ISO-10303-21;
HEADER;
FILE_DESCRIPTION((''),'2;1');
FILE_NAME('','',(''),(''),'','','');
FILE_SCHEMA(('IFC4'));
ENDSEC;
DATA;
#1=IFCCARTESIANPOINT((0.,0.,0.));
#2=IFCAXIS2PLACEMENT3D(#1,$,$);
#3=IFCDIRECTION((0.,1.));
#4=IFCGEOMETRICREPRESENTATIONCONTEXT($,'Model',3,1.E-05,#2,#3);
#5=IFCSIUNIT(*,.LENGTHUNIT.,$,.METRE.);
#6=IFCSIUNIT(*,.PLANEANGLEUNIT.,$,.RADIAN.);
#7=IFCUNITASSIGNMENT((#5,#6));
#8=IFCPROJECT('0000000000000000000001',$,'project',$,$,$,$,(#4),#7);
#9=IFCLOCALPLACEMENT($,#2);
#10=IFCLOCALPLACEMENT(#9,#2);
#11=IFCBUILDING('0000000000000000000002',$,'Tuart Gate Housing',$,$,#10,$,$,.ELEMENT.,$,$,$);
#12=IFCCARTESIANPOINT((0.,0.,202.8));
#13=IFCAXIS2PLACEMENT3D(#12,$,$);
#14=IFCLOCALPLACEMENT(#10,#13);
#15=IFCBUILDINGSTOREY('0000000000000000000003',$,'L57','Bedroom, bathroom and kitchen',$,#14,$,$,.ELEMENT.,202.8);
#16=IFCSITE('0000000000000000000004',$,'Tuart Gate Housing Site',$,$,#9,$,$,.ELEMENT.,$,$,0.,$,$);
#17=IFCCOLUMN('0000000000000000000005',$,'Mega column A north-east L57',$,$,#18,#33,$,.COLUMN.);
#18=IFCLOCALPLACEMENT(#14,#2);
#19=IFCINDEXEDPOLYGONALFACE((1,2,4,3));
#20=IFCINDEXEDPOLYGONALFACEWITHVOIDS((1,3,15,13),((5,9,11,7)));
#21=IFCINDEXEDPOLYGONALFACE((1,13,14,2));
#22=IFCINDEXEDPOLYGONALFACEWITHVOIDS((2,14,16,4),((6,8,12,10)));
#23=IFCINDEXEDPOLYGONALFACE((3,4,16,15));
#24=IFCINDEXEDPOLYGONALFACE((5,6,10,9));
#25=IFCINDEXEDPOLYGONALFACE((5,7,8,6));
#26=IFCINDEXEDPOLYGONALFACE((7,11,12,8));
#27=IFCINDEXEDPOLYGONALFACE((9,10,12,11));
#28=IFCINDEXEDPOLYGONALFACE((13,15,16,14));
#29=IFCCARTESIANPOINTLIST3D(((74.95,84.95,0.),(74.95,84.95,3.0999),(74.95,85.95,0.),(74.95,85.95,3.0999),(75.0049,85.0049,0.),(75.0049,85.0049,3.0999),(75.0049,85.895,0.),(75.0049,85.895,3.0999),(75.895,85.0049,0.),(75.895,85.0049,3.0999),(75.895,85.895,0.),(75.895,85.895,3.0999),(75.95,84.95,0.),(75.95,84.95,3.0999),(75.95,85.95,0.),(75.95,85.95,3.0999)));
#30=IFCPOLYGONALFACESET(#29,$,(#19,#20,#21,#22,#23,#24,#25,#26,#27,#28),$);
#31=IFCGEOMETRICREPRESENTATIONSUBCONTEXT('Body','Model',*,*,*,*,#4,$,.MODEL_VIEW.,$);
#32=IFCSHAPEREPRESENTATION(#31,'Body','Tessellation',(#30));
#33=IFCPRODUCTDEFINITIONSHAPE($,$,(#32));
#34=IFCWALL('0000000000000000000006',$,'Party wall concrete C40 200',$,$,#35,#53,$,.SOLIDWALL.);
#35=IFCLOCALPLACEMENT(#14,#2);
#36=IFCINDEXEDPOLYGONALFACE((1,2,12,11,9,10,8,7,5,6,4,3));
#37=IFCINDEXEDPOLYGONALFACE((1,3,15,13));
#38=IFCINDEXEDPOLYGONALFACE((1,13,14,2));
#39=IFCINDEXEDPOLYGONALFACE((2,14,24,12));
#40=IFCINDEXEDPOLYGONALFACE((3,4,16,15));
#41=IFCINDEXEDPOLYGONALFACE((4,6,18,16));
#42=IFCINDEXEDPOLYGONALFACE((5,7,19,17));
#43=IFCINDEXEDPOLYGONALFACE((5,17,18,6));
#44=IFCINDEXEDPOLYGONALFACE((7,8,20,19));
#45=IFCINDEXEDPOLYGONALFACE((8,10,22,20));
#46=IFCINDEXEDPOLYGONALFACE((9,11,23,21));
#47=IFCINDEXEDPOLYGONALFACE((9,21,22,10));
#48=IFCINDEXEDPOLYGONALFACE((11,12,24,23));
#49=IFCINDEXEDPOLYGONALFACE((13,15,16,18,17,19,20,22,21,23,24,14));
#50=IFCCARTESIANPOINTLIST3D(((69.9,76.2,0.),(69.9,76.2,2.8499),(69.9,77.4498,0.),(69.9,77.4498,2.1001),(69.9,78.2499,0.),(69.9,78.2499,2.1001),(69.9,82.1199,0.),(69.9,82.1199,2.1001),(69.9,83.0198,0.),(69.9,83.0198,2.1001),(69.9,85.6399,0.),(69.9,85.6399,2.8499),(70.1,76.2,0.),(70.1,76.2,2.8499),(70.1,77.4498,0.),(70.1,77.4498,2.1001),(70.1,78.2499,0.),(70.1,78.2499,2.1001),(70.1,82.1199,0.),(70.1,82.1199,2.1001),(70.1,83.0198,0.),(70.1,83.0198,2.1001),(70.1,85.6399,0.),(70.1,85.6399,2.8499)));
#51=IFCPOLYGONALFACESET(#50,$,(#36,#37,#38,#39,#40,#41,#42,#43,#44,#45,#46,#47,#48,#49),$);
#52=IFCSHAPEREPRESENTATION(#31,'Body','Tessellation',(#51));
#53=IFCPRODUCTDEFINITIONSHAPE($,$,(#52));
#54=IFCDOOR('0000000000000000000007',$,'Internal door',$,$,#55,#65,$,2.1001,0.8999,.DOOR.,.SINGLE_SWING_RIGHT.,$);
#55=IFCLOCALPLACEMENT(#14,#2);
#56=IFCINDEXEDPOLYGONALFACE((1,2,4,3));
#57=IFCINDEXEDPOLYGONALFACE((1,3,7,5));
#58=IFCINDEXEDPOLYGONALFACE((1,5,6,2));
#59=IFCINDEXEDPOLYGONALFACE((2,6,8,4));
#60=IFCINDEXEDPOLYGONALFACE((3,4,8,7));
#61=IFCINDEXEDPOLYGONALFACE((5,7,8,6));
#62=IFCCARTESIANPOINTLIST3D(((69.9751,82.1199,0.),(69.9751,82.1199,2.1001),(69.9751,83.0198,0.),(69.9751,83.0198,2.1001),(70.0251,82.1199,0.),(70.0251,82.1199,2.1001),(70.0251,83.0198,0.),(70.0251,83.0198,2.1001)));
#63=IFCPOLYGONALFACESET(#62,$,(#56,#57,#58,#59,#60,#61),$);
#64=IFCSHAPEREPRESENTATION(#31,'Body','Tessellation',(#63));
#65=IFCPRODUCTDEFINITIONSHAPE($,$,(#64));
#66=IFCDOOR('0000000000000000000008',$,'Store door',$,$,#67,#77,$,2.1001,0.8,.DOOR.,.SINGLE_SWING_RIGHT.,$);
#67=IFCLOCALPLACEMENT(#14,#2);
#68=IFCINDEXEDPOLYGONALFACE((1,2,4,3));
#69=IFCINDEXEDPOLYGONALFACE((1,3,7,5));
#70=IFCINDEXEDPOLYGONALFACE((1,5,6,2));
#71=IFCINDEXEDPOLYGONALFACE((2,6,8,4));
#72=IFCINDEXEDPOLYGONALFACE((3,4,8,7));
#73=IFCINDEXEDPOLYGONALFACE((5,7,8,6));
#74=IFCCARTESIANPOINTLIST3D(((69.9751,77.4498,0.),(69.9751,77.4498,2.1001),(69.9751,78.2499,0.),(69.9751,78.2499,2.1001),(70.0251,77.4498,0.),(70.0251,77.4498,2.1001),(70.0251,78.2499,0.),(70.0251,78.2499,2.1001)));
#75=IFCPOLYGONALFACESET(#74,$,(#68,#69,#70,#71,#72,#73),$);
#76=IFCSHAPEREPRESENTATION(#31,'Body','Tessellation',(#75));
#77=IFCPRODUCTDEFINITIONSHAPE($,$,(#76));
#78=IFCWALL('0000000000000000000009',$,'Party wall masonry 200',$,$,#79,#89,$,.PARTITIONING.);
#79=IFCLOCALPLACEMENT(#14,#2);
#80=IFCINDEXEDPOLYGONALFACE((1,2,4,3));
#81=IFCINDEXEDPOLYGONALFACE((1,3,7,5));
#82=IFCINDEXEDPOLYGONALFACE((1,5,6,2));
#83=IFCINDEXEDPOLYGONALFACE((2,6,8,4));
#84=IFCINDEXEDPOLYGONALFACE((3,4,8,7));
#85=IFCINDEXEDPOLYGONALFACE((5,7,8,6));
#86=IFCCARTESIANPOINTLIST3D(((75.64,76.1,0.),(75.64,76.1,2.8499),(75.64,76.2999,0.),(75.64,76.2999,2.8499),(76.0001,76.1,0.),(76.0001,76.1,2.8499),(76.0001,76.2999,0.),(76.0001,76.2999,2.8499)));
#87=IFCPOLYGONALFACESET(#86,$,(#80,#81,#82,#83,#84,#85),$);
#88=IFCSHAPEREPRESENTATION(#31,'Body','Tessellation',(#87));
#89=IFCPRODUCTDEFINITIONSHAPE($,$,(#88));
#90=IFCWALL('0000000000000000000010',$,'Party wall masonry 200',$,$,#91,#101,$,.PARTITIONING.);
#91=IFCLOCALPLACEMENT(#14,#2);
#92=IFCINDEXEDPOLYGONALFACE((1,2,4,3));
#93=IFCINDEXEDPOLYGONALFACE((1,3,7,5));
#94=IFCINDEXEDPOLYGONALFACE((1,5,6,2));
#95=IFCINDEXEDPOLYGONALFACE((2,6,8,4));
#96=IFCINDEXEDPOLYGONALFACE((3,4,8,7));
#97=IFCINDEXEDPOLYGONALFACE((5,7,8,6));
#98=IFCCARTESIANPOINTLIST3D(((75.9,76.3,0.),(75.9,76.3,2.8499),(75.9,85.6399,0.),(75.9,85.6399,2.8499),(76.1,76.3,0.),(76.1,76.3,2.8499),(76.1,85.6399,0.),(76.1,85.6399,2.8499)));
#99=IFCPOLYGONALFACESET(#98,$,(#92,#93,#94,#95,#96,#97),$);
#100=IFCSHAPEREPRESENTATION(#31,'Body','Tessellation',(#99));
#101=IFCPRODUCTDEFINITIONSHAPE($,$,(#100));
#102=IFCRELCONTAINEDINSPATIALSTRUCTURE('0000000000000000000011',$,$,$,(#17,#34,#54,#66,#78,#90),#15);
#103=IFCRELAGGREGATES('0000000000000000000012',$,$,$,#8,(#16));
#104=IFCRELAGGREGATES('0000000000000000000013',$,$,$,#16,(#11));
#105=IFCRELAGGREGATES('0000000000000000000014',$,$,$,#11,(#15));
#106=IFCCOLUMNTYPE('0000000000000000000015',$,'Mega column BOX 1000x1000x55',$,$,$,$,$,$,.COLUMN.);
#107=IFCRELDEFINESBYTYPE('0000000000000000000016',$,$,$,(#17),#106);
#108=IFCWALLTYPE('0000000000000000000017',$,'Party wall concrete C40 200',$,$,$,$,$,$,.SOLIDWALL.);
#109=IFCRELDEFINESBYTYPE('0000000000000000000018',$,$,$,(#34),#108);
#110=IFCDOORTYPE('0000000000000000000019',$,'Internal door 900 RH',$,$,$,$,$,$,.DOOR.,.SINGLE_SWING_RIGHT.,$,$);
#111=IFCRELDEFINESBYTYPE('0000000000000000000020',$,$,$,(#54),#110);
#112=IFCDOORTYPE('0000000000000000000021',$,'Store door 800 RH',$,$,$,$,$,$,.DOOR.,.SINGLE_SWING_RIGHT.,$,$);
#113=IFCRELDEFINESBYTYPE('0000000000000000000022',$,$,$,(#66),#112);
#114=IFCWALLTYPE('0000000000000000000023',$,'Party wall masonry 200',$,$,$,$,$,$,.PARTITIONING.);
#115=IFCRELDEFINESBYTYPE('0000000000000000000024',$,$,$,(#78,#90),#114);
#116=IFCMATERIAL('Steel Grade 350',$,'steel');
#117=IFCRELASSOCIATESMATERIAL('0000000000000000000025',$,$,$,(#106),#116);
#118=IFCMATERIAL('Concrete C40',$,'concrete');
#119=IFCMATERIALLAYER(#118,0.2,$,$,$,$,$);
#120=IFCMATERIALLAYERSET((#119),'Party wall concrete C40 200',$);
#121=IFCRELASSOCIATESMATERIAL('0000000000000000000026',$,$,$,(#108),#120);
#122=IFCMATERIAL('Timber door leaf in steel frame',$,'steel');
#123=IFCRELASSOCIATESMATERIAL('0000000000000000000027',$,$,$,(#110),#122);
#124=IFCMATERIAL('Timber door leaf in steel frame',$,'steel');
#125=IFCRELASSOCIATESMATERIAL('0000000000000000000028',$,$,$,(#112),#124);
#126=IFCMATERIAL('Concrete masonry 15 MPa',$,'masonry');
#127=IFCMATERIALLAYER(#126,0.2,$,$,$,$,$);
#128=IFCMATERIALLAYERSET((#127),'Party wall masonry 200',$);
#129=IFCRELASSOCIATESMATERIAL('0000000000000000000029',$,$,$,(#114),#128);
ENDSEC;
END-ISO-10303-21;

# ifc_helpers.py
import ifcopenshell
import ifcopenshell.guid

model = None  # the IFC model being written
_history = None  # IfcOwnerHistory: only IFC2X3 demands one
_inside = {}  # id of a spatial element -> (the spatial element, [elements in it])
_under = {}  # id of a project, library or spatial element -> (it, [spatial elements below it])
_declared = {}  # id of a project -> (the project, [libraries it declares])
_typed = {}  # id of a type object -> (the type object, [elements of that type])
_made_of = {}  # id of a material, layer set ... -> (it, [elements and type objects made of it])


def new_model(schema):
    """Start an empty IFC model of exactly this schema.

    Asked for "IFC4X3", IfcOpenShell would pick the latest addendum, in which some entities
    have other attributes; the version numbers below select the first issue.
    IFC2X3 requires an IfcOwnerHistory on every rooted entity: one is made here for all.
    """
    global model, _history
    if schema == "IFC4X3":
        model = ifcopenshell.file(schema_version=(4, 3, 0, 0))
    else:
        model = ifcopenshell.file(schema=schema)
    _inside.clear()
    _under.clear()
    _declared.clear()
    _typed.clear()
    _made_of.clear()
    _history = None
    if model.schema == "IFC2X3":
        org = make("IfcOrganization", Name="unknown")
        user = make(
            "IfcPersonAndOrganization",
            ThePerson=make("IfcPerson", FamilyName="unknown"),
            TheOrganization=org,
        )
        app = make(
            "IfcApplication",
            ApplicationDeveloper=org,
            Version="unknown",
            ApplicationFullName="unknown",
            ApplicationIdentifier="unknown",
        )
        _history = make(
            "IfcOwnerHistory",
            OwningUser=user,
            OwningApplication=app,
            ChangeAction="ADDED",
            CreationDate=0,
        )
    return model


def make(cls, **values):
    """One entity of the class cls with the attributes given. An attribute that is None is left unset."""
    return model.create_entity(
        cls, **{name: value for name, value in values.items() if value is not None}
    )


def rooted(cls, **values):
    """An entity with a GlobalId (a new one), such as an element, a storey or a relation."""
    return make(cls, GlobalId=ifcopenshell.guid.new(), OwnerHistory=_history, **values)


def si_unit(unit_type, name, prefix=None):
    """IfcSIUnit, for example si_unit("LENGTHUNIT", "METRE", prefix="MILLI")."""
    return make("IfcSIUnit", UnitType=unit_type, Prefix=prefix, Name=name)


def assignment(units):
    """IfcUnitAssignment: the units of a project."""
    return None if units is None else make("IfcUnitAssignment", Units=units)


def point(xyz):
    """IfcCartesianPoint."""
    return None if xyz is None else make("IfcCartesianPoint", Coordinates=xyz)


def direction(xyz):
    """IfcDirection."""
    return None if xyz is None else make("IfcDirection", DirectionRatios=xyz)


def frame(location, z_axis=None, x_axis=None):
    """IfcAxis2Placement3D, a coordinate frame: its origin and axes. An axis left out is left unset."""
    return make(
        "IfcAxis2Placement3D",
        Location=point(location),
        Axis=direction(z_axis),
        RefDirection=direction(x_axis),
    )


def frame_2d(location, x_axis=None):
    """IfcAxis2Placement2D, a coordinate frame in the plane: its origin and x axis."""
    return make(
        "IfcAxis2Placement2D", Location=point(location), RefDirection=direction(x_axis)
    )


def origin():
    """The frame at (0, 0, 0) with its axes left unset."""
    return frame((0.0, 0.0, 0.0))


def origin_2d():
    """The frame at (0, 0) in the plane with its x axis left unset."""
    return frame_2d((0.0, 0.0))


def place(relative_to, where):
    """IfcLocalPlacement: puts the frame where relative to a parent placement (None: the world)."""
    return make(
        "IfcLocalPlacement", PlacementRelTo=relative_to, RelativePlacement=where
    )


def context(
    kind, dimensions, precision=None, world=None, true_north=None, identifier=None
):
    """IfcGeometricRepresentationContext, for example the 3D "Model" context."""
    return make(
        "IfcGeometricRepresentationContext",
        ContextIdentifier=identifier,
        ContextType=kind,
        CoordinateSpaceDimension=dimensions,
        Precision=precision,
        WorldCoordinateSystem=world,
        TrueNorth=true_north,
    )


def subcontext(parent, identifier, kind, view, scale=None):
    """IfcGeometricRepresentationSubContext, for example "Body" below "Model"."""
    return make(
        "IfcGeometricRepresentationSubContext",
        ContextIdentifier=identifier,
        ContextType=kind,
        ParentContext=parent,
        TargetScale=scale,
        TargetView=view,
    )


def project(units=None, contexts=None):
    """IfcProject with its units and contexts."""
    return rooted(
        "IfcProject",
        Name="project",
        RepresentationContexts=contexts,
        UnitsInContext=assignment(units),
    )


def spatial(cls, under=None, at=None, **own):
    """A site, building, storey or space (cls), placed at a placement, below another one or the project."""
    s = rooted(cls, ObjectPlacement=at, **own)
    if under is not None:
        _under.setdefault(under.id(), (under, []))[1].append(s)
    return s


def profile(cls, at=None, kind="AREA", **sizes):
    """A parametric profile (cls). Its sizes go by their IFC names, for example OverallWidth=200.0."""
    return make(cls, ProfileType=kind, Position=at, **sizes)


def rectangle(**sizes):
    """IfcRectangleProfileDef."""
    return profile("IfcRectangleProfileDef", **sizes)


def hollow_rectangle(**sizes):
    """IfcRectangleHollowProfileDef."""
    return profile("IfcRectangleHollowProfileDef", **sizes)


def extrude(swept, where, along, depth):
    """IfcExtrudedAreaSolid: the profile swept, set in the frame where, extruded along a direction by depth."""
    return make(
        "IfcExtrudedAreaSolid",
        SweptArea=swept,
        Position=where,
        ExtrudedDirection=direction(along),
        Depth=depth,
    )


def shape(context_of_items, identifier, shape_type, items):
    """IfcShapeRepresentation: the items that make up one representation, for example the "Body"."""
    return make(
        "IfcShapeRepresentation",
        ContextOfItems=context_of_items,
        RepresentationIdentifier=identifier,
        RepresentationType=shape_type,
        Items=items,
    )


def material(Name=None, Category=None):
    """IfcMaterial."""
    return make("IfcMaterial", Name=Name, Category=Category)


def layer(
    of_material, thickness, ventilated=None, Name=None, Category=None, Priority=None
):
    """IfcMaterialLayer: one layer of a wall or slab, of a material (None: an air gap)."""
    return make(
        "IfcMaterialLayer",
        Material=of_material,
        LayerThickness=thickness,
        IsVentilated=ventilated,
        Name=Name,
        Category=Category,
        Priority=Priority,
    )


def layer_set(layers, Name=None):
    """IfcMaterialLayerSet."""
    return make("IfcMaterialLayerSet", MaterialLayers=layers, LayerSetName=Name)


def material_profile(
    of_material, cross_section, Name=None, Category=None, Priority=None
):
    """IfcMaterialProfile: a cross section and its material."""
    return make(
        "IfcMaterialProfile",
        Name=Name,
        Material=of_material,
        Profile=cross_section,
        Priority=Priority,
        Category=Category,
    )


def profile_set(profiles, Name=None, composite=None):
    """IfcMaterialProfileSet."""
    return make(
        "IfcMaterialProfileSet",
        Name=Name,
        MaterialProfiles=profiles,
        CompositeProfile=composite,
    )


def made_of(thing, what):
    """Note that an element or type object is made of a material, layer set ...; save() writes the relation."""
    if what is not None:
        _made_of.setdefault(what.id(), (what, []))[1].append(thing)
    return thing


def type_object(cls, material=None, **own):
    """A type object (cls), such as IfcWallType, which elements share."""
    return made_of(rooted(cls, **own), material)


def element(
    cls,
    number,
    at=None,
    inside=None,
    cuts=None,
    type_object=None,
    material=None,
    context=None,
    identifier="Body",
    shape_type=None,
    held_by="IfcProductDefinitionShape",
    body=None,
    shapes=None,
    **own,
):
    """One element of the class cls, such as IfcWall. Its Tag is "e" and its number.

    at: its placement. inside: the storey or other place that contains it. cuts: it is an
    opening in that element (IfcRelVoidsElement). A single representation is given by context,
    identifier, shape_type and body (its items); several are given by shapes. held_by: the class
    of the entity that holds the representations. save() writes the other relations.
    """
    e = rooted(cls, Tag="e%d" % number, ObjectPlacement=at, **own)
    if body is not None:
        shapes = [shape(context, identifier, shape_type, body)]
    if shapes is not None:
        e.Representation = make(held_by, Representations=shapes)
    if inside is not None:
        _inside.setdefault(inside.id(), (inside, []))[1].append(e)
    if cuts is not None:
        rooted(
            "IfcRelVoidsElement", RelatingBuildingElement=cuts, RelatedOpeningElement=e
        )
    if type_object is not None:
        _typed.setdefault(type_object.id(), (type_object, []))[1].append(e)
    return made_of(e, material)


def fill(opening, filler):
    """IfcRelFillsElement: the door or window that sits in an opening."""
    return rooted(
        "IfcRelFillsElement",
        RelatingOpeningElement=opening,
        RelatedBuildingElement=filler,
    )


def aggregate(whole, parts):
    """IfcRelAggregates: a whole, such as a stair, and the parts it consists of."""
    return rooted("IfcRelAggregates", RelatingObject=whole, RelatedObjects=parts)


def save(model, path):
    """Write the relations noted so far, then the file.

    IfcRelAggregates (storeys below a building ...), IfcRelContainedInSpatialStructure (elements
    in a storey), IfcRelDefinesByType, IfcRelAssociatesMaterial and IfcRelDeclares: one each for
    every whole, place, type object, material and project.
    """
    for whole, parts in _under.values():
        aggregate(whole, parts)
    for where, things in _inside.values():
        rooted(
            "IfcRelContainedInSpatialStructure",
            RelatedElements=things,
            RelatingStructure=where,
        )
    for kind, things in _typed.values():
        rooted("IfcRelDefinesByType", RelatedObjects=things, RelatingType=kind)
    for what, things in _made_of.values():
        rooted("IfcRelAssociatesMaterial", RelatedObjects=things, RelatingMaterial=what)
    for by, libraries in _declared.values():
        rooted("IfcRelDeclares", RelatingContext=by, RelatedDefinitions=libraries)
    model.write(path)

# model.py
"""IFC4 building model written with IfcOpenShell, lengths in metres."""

from ifc_helpers import new_model, si_unit, direction, frame, frame_2d, origin, origin_2d, place, context, subcontext, project, spatial, rectangle, hollow_rectangle, extrude, material, layer, layer_set, material_profile, profile_set, type_object, element, fill, save


model = new_model("IFC4")

# Units and contexts
model_context = context("Model", 3, precision=1e-05, world=origin(), true_north=direction((0.0, 1.0)))
body_context = subcontext(model_context, "Body", "Model", "MODEL_VIEW")
ifc_project = project(units=[si_unit("LENGTHUNIT", "METRE"), si_unit("PLANEANGLEUNIT", "RADIAN")], contexts=[model_context])

# Site, building, storey
site_placement = place(None, origin())
site = spatial("IfcSite", under=ifc_project, at=site_placement, Name="Tuart Gate Housing Site", CompositionType="ELEMENT", RefElevation=0.0)
building_placement = place(site_placement, origin())
building = spatial("IfcBuilding", under=site, at=building_placement, Name="Tuart Gate Housing", CompositionType="ELEMENT")
storey_placement = place(building_placement, frame((0.0, 0.0, 202.8)))
storey = spatial("IfcBuildingStorey", under=building, at=storey_placement, Name="L57", Description="Bedroom, bathroom and kitchen", CompositionType="ELEMENT", Elevation=202.8)

# Column
ifc_material_1 = material(Name="Steel Grade 350", Category="steel")
ifc_material_profile = material_profile(ifc_material_1, hollow_rectangle(XDim=1.0, YDim=1.0, WallThickness=0.0549, at=origin_2d()), Name="BOX 1000x1000x55")
ifc_profile_set = profile_set([ifc_material_profile], Name="Steel Grade 350")
column_type = type_object("IfcColumnType", Name="Mega column BOX 1000x1000x55", PredefinedType="COLUMN", material=ifc_profile_set)
column_placement = place(storey_placement, frame((75.45, 85.45, 0.0), z_axis=(0.0, 0.0, 1.0), x_axis=(1.0, 0.0, 0.0)))
element("IfcColumn", 1, at=column_placement, inside=storey, type_object=column_type, Name="Mega column A north-east L57", PredefinedType="COLUMN", context=body_context, shape_type="SweptSolid", body=[
    extrude(hollow_rectangle(XDim=1.0, YDim=1.0, WallThickness=0.0549, at=origin_2d()), origin(), (0.0, 0.0, 1.0), 3.0999),
])

# Wall, openings, doors
ifc_material_2 = material(Name="Concrete C40", Category="concrete")
ifc_layer_1 = layer(ifc_material_2, 0.2)
ifc_layer_set_1 = layer_set([ifc_layer_1], Name="Party wall concrete C40 200")
wall_type_1 = type_object("IfcWallType", Name="Party wall concrete C40 200", PredefinedType="SOLIDWALL", material=ifc_layer_set_1)
wall_1_placement = place(storey_placement, frame((70.0, 76.2, 0.0), z_axis=(0.0, 0.0, 1.0), x_axis=(0.0, 1.0, 0.0)))
wall_1 = element("IfcWall", 2, at=wall_1_placement, inside=storey, type_object=wall_type_1, Name="Party wall concrete C40 200", PredefinedType="SOLIDWALL", context=body_context, shape_type="SweptSolid", body=[
    extrude(rectangle(XDim=9.4399, YDim=0.2, at=frame_2d((4.72, 0.0))), origin(), (0.0, 0.0, 1.0), 2.8499),
])
opening_1_placement = place(wall_1_placement, frame((5.9199, 0.0, 0.0)))
opening_1 = element("IfcOpeningElement", 3, at=opening_1_placement, cuts=wall_1, PredefinedType="OPENING", context=body_context, shape_type="SweptSolid", body=[
    extrude(rectangle(XDim=0.8999, YDim=2.1001, at=frame_2d((0.45, 1.05))), frame((0.0, 0.1099, 0.0), z_axis=(0.0, -1.0, 0.0), x_axis=(1.0, 0.0, 0.0)), (0.0, 0.0, 1.0), 0.22),
])
opening_2_placement = place(wall_1_placement, frame((1.25, 0.0, 0.0)))
opening_2 = element("IfcOpeningElement", 4, at=opening_2_placement, cuts=wall_1, PredefinedType="OPENING", context=body_context, shape_type="SweptSolid", body=[
    extrude(rectangle(XDim=0.8, YDim=2.1001, at=frame_2d((0.3999, 1.05))), frame((0.0, 0.1099, 0.0), z_axis=(0.0, -1.0, 0.0), x_axis=(1.0, 0.0, 0.0)), (0.0, 0.0, 1.0), 0.22),
])
ifc_material_3 = material(Name="Timber door leaf in steel frame", Category="steel")
door_type_1 = type_object("IfcDoorType", Name="Internal door 900 RH", OperationType="SINGLE_SWING_RIGHT", PredefinedType="DOOR", material=ifc_material_3)
door_1_placement = place(opening_1_placement, frame((0.8999, 0.0, 0.0), z_axis=(0.0, 0.0, 1.0), x_axis=(-1.0, 0.0, 0.0)))
door_1 = element("IfcDoor", 5, at=door_1_placement, inside=storey, type_object=door_type_1, Name="Internal door", OperationType="SINGLE_SWING_RIGHT", OverallHeight=2.1001, OverallWidth=0.8999, PredefinedType="DOOR", context=body_context, shape_type="SweptSolid", body=[
    extrude(rectangle(XDim=0.8999, YDim=2.1001, at=frame_2d((0.45, 1.05))), frame((0.0, 0.0251, 0.0), z_axis=(0.0, -1.0, 0.0), x_axis=(1.0, 0.0, 0.0)), (0.0, 0.0, 1.0), 0.05),
])
fill(opening_1, door_1)
ifc_material_4 = material(Name="Timber door leaf in steel frame", Category="steel")
door_type_2 = type_object("IfcDoorType", Name="Store door 800 RH", OperationType="SINGLE_SWING_RIGHT", PredefinedType="DOOR", material=ifc_material_4)
door_2_placement = place(opening_2_placement, frame((0.8, 0.0, 0.0), z_axis=(0.0, 0.0, 1.0), x_axis=(-1.0, 0.0, 0.0)))
door_2 = element("IfcDoor", 6, at=door_2_placement, inside=storey, type_object=door_type_2, Name="Store door", OperationType="SINGLE_SWING_RIGHT", OverallHeight=2.1001, OverallWidth=0.8, PredefinedType="DOOR", context=body_context, shape_type="SweptSolid", body=[
    extrude(rectangle(XDim=0.8, YDim=2.1001, at=frame_2d((0.4001, 1.05))), frame((0.0, 0.0251, 0.0), z_axis=(0.0, -1.0, 0.0), x_axis=(1.0, 0.0, 0.0)), (0.0, 0.0, 1.0), 0.05),
])
fill(opening_2, door_2)

# Walls
ifc_material_5 = material(Name="Concrete masonry 15 MPa", Category="masonry")
ifc_layer_2 = layer(ifc_material_5, 0.2)
ifc_layer_set_2 = layer_set([ifc_layer_2], Name="Party wall masonry 200")
wall_type_2 = type_object("IfcWallType", Name="Party wall masonry 200", PredefinedType="PARTITIONING", material=ifc_layer_set_2)
wall_2_placement = place(storey_placement, frame((75.6399, 76.2, 0.0), z_axis=(0.0, 0.0, 1.0), x_axis=(1.0, 0.0, 0.0)))
element("IfcWall", 7, at=wall_2_placement, inside=storey, type_object=wall_type_2, Name="Party wall masonry 200", PredefinedType="PARTITIONING", context=body_context, shape_type="SweptSolid", body=[
    extrude(rectangle(XDim=0.3601, YDim=0.2, at=frame_2d((0.1802, 0.0))), origin(), (0.0, 0.0, 1.0), 2.8499),
])
wall_3_placement = place(storey_placement, frame((76.0, 76.3, 0.0), z_axis=(0.0, 0.0, 1.0), x_axis=(0.0, 1.0, 0.0)))
element("IfcWall", 8, at=wall_3_placement, inside=storey, type_object=wall_type_2, Name="Party wall masonry 200", PredefinedType="PARTITIONING", context=body_context, shape_type="SweptSolid", body=[
    extrude(rectangle(XDim=9.3398, YDim=0.2, at=frame_2d((4.6699, 0.0))), origin(), (0.0, 0.0, 1.0), 2.8499),
])

save(model, "model.ifc")
